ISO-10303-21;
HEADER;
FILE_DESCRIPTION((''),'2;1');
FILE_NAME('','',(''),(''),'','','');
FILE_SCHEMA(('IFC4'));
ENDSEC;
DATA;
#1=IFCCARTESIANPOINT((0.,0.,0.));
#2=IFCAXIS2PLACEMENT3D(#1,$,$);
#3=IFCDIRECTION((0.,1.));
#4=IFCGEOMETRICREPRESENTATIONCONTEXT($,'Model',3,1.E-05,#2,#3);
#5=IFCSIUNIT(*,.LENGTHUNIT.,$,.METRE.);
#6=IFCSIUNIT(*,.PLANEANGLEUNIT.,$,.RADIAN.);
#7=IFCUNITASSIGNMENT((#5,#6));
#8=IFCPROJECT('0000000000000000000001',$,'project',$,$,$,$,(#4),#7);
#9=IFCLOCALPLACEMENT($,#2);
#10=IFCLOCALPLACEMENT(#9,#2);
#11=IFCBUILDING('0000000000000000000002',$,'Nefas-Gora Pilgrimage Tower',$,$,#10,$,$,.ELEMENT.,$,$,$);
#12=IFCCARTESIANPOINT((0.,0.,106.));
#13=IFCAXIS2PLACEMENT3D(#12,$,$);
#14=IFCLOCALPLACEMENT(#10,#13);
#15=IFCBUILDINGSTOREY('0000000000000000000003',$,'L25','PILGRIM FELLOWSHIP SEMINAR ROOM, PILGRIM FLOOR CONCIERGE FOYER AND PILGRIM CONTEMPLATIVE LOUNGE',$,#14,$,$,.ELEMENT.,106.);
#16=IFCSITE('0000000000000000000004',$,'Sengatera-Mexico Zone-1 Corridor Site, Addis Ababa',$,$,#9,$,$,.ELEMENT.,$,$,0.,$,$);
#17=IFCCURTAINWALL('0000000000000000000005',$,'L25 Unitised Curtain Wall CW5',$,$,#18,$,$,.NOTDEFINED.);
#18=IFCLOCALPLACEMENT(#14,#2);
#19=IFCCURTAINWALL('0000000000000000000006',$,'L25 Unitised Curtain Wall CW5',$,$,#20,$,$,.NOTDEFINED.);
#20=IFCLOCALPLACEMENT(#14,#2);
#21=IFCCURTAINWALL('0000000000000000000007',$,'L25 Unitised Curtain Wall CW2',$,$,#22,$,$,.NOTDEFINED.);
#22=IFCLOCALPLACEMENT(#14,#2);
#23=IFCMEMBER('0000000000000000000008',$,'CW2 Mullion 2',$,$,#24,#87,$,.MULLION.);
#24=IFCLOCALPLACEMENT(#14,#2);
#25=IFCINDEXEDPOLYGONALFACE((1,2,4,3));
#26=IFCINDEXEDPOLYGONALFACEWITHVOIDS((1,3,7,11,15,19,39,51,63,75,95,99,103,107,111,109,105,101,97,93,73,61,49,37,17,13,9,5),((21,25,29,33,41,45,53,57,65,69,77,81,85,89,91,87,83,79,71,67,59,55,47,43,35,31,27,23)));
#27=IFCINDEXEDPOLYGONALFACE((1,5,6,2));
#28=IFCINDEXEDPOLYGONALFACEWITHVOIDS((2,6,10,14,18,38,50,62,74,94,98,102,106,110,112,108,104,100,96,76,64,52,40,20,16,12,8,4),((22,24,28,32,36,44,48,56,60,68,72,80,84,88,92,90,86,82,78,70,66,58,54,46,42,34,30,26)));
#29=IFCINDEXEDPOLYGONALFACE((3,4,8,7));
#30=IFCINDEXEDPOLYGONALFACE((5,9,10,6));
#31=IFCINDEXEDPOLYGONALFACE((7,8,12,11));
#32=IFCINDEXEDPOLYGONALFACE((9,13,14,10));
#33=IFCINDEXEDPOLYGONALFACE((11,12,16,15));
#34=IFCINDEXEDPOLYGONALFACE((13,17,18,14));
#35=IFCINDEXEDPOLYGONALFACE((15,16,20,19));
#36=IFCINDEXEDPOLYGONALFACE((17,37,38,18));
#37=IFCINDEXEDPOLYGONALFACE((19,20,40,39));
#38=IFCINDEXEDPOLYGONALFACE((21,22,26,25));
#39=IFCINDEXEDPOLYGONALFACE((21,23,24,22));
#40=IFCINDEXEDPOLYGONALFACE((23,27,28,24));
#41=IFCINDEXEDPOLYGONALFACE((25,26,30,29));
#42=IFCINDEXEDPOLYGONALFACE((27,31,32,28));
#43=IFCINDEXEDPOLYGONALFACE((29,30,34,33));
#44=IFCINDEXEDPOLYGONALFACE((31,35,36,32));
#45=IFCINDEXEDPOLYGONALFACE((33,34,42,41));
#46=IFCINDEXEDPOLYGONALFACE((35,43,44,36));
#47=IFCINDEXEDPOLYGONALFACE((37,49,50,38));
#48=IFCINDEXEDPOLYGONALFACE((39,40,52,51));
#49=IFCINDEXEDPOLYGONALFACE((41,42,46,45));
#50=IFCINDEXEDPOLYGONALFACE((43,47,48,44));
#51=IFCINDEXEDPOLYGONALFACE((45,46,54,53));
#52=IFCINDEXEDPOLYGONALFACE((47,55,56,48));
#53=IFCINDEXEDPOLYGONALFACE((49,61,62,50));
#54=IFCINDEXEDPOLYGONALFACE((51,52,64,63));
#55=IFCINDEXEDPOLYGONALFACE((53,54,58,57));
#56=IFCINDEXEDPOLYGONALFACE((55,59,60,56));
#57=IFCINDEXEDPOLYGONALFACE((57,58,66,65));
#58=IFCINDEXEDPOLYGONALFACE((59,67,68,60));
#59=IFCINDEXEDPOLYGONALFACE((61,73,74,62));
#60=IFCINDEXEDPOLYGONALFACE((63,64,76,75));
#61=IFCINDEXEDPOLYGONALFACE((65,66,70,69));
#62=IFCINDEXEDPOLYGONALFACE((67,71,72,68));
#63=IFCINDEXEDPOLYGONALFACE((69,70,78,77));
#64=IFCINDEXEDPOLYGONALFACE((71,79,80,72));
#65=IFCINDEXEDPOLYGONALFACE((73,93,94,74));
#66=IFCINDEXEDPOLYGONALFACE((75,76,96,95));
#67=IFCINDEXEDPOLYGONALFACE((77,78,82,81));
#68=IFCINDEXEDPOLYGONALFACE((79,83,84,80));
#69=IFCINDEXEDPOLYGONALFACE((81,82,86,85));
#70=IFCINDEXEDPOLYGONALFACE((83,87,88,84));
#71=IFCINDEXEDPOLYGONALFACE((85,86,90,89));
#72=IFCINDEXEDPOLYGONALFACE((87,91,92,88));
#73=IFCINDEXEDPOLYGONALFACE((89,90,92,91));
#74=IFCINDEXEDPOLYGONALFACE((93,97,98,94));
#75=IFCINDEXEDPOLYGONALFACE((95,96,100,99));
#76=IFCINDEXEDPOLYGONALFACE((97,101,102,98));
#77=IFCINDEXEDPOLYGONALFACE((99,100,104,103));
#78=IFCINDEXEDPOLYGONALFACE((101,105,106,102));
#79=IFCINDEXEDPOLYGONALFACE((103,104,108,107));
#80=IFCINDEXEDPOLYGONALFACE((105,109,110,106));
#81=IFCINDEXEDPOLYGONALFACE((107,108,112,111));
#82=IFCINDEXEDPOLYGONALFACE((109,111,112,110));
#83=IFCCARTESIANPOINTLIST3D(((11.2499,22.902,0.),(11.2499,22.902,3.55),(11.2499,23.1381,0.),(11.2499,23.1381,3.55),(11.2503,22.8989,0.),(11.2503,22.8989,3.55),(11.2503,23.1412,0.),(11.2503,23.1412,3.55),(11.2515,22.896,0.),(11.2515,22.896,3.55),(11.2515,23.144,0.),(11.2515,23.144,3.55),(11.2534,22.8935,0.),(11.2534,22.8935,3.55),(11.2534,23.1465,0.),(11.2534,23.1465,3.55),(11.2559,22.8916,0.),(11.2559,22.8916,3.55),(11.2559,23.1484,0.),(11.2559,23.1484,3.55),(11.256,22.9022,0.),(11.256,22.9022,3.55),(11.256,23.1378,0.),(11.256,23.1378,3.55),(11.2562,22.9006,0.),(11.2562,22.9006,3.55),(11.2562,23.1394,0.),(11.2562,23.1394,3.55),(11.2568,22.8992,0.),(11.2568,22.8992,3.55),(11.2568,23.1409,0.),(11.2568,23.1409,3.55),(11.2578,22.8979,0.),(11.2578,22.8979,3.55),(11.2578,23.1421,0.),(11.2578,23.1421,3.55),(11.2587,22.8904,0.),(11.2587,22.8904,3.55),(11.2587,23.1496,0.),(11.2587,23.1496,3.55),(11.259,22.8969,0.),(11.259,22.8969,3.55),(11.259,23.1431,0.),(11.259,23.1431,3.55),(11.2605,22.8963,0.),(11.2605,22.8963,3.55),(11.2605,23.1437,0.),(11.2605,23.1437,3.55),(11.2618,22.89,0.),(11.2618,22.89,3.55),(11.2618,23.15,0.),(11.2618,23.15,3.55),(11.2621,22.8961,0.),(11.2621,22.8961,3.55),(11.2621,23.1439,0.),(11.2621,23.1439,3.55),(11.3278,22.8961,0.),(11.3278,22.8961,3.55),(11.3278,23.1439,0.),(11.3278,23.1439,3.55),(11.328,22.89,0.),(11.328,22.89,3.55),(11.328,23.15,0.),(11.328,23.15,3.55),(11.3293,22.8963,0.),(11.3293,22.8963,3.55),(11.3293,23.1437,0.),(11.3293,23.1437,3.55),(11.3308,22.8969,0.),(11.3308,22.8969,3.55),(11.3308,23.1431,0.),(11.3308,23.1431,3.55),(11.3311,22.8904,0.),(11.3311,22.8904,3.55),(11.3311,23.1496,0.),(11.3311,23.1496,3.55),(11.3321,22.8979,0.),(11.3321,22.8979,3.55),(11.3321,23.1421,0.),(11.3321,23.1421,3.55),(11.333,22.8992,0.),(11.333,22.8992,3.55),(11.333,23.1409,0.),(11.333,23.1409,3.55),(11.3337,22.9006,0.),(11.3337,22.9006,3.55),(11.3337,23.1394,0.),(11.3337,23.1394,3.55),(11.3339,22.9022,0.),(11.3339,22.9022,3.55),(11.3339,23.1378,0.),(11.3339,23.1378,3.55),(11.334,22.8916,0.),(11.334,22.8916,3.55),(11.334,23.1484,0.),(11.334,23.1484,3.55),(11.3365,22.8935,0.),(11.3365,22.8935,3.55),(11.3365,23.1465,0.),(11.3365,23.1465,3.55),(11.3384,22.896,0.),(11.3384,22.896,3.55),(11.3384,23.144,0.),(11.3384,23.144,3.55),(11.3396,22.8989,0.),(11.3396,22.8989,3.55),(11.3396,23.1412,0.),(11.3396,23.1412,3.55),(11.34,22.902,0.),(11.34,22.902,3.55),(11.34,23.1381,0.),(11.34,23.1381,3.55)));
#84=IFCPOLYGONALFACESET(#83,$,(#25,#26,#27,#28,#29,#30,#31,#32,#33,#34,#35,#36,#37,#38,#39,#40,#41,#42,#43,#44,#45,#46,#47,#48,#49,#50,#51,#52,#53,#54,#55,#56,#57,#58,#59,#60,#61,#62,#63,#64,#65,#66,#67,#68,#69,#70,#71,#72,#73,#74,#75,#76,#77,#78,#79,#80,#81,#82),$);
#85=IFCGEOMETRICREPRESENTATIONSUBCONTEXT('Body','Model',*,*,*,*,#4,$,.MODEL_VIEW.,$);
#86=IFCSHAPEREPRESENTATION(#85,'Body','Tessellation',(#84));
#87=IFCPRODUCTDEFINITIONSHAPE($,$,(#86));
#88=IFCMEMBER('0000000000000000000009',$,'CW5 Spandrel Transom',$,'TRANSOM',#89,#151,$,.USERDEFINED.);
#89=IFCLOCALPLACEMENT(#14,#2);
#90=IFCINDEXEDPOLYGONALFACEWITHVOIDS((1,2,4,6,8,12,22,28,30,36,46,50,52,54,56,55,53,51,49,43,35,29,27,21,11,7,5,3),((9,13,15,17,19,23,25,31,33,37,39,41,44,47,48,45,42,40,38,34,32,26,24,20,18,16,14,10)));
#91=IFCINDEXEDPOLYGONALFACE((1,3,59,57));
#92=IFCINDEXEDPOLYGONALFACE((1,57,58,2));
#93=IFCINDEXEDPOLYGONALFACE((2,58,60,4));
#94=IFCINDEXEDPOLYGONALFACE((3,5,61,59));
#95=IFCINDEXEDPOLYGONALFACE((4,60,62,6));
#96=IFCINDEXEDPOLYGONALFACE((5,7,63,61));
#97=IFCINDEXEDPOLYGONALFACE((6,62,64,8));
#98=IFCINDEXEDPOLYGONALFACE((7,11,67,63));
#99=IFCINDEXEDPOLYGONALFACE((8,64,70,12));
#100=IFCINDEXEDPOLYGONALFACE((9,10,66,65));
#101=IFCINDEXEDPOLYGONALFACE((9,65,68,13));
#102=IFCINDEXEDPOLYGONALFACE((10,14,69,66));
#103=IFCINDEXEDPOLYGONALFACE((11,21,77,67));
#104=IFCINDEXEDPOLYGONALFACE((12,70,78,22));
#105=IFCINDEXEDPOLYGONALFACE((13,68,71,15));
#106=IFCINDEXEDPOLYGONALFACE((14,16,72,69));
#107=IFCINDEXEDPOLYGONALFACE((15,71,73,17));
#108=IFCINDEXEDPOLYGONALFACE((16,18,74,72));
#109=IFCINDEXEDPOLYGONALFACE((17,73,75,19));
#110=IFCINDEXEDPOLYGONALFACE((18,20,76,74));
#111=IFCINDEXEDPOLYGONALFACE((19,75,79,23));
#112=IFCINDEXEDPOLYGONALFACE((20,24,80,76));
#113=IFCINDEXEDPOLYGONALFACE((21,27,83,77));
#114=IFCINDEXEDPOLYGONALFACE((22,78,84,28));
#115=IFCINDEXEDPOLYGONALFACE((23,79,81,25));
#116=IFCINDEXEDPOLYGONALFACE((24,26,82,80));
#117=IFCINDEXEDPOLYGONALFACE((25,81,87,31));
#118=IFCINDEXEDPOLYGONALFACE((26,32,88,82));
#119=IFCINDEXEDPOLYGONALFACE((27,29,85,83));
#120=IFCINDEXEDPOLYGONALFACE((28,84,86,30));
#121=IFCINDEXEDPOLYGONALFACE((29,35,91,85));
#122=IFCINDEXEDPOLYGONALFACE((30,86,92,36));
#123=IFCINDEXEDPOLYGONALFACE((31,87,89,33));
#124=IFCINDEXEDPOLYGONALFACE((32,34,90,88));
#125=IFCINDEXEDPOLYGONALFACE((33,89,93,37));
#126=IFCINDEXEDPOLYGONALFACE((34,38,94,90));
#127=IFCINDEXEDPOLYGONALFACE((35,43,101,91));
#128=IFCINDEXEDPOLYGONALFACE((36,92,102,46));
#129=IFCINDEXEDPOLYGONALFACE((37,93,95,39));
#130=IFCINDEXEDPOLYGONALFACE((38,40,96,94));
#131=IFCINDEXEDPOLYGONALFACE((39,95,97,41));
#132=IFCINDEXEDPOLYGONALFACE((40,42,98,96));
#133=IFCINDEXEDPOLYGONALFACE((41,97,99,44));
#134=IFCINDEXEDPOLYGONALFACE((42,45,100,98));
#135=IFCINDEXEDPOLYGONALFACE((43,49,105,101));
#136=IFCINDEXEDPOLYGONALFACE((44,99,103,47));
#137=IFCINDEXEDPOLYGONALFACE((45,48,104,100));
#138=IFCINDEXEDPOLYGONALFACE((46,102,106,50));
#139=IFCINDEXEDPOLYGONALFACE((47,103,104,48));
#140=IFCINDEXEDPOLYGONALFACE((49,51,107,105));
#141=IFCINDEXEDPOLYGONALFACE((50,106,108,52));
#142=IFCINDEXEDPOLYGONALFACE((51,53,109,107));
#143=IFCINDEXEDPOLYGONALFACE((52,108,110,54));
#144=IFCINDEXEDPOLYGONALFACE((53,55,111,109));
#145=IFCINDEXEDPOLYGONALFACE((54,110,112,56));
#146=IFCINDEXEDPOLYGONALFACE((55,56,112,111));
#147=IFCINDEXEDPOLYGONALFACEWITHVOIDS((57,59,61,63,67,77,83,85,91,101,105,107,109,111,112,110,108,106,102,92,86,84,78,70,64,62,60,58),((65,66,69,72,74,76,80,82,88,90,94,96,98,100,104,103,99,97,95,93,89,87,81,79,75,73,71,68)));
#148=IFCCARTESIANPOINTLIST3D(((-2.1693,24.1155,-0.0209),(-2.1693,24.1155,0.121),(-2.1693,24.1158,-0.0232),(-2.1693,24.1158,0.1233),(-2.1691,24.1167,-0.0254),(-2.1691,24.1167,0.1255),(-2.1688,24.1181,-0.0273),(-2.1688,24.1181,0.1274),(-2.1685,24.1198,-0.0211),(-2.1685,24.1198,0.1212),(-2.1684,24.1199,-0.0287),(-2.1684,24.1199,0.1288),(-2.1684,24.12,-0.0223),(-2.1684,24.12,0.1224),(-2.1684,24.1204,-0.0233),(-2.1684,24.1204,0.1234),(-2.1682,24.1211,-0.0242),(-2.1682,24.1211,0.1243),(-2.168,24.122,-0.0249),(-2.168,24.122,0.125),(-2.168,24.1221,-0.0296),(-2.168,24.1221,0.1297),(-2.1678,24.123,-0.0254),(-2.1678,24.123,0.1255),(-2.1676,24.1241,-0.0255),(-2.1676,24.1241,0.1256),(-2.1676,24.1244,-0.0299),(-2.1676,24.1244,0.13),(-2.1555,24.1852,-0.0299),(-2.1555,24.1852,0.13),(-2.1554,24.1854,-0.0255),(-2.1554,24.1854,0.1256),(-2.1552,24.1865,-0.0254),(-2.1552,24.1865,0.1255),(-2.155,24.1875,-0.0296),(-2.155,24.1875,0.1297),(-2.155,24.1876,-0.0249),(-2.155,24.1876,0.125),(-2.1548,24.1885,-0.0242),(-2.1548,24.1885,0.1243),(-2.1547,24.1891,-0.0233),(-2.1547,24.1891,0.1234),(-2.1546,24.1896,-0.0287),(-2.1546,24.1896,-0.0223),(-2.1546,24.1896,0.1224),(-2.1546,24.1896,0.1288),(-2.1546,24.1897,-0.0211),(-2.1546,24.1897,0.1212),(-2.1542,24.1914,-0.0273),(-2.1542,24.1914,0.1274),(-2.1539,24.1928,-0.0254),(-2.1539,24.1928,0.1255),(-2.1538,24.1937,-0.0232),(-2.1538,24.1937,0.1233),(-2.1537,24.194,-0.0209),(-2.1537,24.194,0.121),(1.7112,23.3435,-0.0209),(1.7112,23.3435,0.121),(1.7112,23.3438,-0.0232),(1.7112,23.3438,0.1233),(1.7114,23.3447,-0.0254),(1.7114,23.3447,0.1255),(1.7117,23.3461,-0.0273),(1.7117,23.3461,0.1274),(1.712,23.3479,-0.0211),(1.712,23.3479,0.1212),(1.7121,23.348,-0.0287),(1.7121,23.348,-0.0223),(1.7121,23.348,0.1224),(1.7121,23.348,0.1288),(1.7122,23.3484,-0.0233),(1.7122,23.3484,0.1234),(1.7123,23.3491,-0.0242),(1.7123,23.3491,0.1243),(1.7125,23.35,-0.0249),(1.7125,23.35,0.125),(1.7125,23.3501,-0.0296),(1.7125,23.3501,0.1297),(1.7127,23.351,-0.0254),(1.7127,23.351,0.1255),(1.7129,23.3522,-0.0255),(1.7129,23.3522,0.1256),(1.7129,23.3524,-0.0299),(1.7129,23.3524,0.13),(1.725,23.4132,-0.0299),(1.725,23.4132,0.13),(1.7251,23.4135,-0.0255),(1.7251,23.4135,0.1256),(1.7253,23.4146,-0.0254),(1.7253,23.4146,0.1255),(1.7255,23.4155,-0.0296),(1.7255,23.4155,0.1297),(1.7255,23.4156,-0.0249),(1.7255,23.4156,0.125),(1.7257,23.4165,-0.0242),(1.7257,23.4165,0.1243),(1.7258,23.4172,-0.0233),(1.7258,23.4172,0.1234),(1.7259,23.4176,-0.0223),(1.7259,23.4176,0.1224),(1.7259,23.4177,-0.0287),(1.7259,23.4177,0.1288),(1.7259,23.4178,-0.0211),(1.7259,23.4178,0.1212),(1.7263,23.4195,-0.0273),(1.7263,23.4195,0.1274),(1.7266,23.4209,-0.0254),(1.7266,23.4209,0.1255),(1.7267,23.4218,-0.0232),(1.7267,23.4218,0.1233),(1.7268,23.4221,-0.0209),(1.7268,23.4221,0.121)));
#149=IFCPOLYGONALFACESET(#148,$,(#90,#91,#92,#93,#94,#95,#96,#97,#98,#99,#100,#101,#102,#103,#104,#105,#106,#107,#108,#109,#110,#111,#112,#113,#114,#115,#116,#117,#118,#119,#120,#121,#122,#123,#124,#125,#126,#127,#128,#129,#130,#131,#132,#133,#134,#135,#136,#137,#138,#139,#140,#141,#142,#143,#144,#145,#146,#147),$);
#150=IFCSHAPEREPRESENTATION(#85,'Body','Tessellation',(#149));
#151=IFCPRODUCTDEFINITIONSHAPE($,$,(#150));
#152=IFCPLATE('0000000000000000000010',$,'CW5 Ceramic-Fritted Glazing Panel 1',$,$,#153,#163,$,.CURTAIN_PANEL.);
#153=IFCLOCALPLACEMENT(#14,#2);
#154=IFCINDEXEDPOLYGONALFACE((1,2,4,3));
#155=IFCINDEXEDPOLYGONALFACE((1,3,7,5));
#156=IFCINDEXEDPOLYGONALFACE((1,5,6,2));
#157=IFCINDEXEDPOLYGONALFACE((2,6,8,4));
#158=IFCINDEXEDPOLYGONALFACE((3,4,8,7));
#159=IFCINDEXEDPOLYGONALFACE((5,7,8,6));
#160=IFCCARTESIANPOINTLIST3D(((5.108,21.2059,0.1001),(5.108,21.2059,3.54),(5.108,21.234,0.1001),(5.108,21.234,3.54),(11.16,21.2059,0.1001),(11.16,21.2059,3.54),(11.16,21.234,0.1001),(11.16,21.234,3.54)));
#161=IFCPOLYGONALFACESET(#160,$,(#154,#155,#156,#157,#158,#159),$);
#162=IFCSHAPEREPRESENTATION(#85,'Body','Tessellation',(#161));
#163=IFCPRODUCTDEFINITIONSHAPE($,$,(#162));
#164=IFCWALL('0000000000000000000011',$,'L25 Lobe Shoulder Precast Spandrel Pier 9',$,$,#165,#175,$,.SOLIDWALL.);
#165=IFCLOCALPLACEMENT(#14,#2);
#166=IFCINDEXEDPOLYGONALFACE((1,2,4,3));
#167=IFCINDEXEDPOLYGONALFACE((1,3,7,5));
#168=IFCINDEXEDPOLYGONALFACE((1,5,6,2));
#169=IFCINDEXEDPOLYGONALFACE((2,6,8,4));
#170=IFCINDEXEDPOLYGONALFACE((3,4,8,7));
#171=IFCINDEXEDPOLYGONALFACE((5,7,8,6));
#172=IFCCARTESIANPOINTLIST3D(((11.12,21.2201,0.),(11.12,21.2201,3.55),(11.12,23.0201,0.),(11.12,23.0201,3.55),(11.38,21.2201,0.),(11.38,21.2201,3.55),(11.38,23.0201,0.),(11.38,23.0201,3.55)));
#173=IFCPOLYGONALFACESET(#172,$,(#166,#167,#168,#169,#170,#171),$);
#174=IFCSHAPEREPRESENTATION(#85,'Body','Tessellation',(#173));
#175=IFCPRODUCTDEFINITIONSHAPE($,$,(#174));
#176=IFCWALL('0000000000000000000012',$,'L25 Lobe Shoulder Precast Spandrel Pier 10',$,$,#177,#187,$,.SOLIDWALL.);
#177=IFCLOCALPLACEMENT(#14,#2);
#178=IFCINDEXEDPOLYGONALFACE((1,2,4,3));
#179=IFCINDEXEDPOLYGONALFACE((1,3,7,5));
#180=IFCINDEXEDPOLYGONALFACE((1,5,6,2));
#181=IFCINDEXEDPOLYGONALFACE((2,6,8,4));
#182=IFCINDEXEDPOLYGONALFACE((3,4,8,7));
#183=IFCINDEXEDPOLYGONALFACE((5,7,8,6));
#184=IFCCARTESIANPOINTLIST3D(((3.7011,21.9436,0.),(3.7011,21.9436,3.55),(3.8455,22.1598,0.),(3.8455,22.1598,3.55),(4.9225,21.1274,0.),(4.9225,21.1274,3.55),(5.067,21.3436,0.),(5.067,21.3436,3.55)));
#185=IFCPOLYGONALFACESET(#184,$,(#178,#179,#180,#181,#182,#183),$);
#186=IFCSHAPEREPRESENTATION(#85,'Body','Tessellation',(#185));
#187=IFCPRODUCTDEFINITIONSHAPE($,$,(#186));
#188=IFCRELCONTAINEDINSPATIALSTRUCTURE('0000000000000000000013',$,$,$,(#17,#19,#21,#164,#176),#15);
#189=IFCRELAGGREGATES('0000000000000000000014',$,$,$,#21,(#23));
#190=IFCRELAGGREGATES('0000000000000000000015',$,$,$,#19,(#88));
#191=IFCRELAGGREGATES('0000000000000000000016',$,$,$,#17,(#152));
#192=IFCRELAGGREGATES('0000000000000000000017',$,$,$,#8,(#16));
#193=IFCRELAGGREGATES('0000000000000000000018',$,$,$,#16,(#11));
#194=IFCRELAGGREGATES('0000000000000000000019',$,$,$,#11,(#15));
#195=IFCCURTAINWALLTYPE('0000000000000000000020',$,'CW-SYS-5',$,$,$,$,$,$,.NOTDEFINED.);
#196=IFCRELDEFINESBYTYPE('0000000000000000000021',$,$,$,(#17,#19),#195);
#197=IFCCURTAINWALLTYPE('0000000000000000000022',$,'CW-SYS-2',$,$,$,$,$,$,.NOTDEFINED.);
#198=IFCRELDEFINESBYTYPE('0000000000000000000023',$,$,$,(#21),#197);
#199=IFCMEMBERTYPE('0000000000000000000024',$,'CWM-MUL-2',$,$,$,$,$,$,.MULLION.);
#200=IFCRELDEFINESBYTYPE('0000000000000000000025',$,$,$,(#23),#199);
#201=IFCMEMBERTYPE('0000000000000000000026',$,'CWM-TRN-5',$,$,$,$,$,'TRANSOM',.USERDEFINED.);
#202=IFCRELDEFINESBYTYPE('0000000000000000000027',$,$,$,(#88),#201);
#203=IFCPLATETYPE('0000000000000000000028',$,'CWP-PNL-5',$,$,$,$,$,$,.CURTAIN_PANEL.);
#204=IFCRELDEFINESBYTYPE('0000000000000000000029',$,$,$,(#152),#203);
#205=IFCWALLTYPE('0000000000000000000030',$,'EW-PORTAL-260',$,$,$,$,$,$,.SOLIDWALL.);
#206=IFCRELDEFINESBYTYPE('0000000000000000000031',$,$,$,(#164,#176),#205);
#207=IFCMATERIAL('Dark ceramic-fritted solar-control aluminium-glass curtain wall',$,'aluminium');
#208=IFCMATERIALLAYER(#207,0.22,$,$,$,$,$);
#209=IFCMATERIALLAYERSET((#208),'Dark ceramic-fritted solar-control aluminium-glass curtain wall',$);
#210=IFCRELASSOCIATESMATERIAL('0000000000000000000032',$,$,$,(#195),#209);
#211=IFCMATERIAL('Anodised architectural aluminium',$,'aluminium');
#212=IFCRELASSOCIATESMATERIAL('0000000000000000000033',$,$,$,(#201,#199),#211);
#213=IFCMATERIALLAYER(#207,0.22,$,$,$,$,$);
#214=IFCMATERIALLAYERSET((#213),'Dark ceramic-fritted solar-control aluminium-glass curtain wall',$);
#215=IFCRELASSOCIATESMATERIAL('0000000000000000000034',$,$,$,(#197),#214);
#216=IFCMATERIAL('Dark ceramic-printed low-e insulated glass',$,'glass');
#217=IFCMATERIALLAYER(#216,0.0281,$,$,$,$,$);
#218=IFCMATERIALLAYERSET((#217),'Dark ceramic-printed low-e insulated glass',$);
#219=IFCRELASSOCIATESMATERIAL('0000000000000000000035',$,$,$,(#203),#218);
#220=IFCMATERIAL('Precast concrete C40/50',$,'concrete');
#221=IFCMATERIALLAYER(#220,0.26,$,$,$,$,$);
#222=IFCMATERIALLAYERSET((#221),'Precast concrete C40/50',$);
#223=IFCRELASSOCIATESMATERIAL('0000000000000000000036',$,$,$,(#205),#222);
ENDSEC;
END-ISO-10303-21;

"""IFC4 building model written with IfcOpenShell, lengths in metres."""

from ifc_helpers import new_model, si_unit, direction, frame, frame_2d, origin, origin_2d, place, context, subcontext, project, spatial, rectangle, hollow_rectangle, extrude, source, transform, mapped, material, layer, layer_set, material_profile, profile_set, type_object, element, aggregate, save


model = new_model("IFC4")

# Units and contexts
model_context = context("Model", 3, precision=1e-05, world=origin(), true_north=direction((0.0, 1.0)))
body_context = subcontext(model_context, "Body", "Model", "MODEL_VIEW")
ifc_project = project(units=[si_unit("LENGTHUNIT", "METRE"), si_unit("PLANEANGLEUNIT", "RADIAN")], contexts=[model_context])

# Site, building, storey
site_placement = place(None, origin())
site = spatial("IfcSite", under=ifc_project, at=site_placement, Name="Sengatera-Mexico Zone-1 Corridor Site, Addis Ababa", CompositionType="ELEMENT", RefElevation=0.0)
building_placement = place(site_placement, origin())
building = spatial("IfcBuilding", under=site, at=building_placement, Name="Nefas-Gora Pilgrimage Tower", CompositionType="ELEMENT")
storey_placement = place(building_placement, frame((0.0, 0.0, 106.0)))
storey = spatial("IfcBuildingStorey", under=building, at=storey_placement, Name="L25", Description="PILGRIM FELLOWSHIP SEMINAR ROOM, PILGRIM FLOOR CONCIERGE FOYER AND PILGRIM CONTEMPLATIVE LOUNGE", CompositionType="ELEMENT", Elevation=106.0)

# Curtain wall
ifc_material_1 = material(Name="Dark ceramic-fritted solar-control aluminium-glass curtain wall", Category="aluminium")
ifc_layer_1 = layer(ifc_material_1, 0.22)
ifc_layer_set_1 = layer_set([ifc_layer_1], Name="Dark ceramic-fritted solar-control aluminium-glass curtain wall")
curtain_wall_type_1 = type_object("IfcCurtainWallType", Name="CW-SYS-5", PredefinedType="NOTDEFINED", material=ifc_layer_set_1)
curtain_wall_1_placement = place(storey_placement, origin())
curtain_wall_1 = element("IfcCurtainWall", 1, at=curtain_wall_1_placement, inside=storey, type_object=curtain_wall_type_1, Name="L25 Unitised Curtain Wall CW5", PredefinedType="NOTDEFINED")
ifc_material_2 = material(Name="Anodised architectural aluminium", Category="aluminium")

# Curtain wall
curtain_wall_2_placement = place(storey_placement, origin())
curtain_wall_2 = element("IfcCurtainWall", 2, at=curtain_wall_2_placement, inside=storey, type_object=curtain_wall_type_1, Name="L25 Unitised Curtain Wall CW5", PredefinedType="NOTDEFINED")

# Shared definitions
ifc_material_profile_1 = material_profile(ifc_material_2, hollow_rectangle(XDim=0.0801, YDim=0.1599, WallThickness=0.0044, InnerFilletRadius=0.0044, OuterFilletRadius=0.009, at=origin_2d()), Name="ALU TRANSOM 80x160")
ifc_profile_set_1 = profile_set([ifc_material_profile_1], Name="Anodised architectural aluminium")
member_type_1 = type_object("IfcMemberType", Name="CWM-TRN-5", ElementType="TRANSOM", PredefinedType="USERDEFINED", material=ifc_profile_set_1)

# Curtain wall, member
ifc_layer_2 = layer(ifc_material_1, 0.22)
ifc_layer_set_2 = layer_set([ifc_layer_2], Name="Dark ceramic-fritted solar-control aluminium-glass curtain wall")
curtain_wall_type_2 = type_object("IfcCurtainWallType", Name="CW-SYS-2", PredefinedType="NOTDEFINED", material=ifc_layer_set_2)
curtain_wall_3_placement = place(storey_placement, origin())
curtain_wall_3 = element("IfcCurtainWall", 3, at=curtain_wall_3_placement, inside=storey, type_object=curtain_wall_type_2, Name="L25 Unitised Curtain Wall CW2", PredefinedType="NOTDEFINED")
ifc_material_profile_2 = material_profile(ifc_material_2, hollow_rectangle(XDim=0.0901, YDim=0.26, WallThickness=0.0061, InnerFilletRadius=0.0061, OuterFilletRadius=0.012, at=origin_2d()), Name="ALU MULLION 90x260")
ifc_profile_set_2 = profile_set([ifc_material_profile_2], Name="Anodised architectural aluminium")
member_type_2 = type_object("IfcMemberType", Name="CWM-MUL-2", PredefinedType="MULLION", material=ifc_profile_set_2)
shared_shape_1 = source(origin(), body_context, "Body", "SweptSolid", [
    extrude(hollow_rectangle(XDim=0.0901, YDim=0.26, WallThickness=0.0061, InnerFilletRadius=0.0061, OuterFilletRadius=0.012, at=origin_2d()), origin(), (0.0, 0.0, 1.0), 3.55),
])
member_1_placement = place(storey_placement, frame((11.2949, 23.02, 0.0), z_axis=(0.0, 0.0, 1.0), x_axis=(-1.0, 0.0, 0.0)))
member_1 = element("IfcMember", 4, at=member_1_placement, type_object=member_type_2, Name="CW2 Mullion 2", PredefinedType="MULLION", context=body_context, shape_type="MappedRepresentation", body=[
    mapped(shared_shape_1, transform((0.0, 0.0, 0.0), x_axis=(1.0, 0.0, 0.0), y_axis=(0.0, 1.0, 0.0), z_axis=(0.0, 0.0, 1.0), scale=1.0)),
])
aggregate(curtain_wall_3, [member_1])

# Member
shared_shape_2 = source(origin(), body_context, "Body", "SweptSolid", [
    extrude(hollow_rectangle(XDim=0.0801, YDim=0.1599, WallThickness=0.0044, InnerFilletRadius=0.0044, OuterFilletRadius=0.009, at=origin_2d()), origin(), (0.0, 0.0, 1.0), 3.9565),
])
member_2_placement = place(storey_placement, frame((1.719, 23.3828, 0.05), z_axis=(-0.980782, 0.195107, 0.0), x_axis=(-0.195107, -0.980782, 0.0)))
member_2 = element("IfcMember", 5, at=member_2_placement, type_object=member_type_1, Name="CW5 Spandrel Transom", ObjectType="TRANSOM", PredefinedType="USERDEFINED", context=body_context, shape_type="MappedRepresentation", body=[
    mapped(shared_shape_2, transform((0.0, 0.0, 0.0), x_axis=(1.0, 0.0, 0.0), y_axis=(0.0, 1.0, 0.0), z_axis=(0.0, 0.0, 1.0), scale=1.0)),
])
aggregate(curtain_wall_2, [member_2])

# Plate
ifc_material_3 = material(Name="Dark ceramic-printed low-e insulated glass", Category="glass")
ifc_layer_3 = layer(ifc_material_3, 0.0281)
ifc_layer_set_3 = layer_set([ifc_layer_3], Name="Dark ceramic-printed low-e insulated glass")
plate_type = type_object("IfcPlateType", Name="CWP-PNL-5", PredefinedType="CURTAIN_PANEL", material=ifc_layer_set_3)
shared_shape_3 = source(origin(), body_context, "Body", "SweptSolid", [
    extrude(rectangle(XDim=6.052, YDim=0.0281, at=origin_2d()), origin(), (0.0, 0.0, 1.0), 3.4399),
])
plate_placement = place(storey_placement, frame((8.134, 21.22, 0.1001), z_axis=(0.0, 0.0, 1.0), x_axis=(-1.0, 0.0, 0.0)))
plate = element("IfcPlate", 6, at=plate_placement, type_object=plate_type, Name="CW5 Ceramic-Fritted Glazing Panel 1", PredefinedType="CURTAIN_PANEL", context=body_context, shape_type="MappedRepresentation", body=[
    mapped(shared_shape_3, transform((0.0, 0.0, 0.0), x_axis=(1.0, 0.0, 0.0), y_axis=(0.0, 1.0, 0.0), z_axis=(0.0, 0.0, 1.0), scale=1.0)),
])
aggregate(curtain_wall_1, [plate])

# Walls
ifc_material_4 = material(Name="Precast concrete C40/50", Category="concrete")
ifc_layer_4 = layer(ifc_material_4, 0.26)
ifc_layer_set_4 = layer_set([ifc_layer_4], Name="Precast concrete C40/50")
wall_type_1 = type_object("IfcWallType", Name="EW-PORTAL-260", PredefinedType="SOLIDWALL", material=ifc_layer_set_4)
shared_shape_4 = source(origin(), body_context, "Body", "SweptSolid", [
    extrude(rectangle(XDim=1.8, YDim=0.26, at=frame_2d((0.8999, 0.0))), origin(), (0.0, 0.0, 1.0), 3.55),
])
wall_1_placement = place(storey_placement, frame((11.25, 23.02, 0.0), z_axis=(0.0, 0.0, 1.0), x_axis=(0.0, -1.0, 0.0)))
element("IfcWall", 7, at=wall_1_placement, inside=storey, type_object=wall_type_1, Name="L25 Lobe Shoulder Precast Spandrel Pier 9", PredefinedType="SOLIDWALL", context=body_context, shape_type="MappedRepresentation", body=[
    mapped(shared_shape_4, transform((0.0, 0.0, 0.0), x_axis=(1.0, 0.0, 0.0), y_axis=(0.0, 1.0, 0.0), z_axis=(0.0, 0.0, 1.0), scale=1.0)),
])
shared_shape_5 = source(origin(), body_context, "Body", "SweptSolid", [
    extrude(rectangle(XDim=1.469, YDim=0.26, at=frame_2d((0.7344, 0.0))), origin(), (0.0, 0.0, 1.0), 3.55),
])
wall_2_placement = place(storey_placement, frame((4.9946, 21.2356, 0.0), z_axis=(0.0, 0.0, 1.0), x_axis=(-0.831462, 0.555582, 0.0)))
element("IfcWall", 8, at=wall_2_placement, inside=storey, type_object=wall_type_1, Name="L25 Lobe Shoulder Precast Spandrel Pier 10", PredefinedType="SOLIDWALL", context=body_context, shape_type="MappedRepresentation", body=[
    mapped(shared_shape_5, transform((0.0, 0.0, 0.0), x_axis=(1.0, 0.0, 0.0), y_axis=(0.0, 1.0, 0.0), z_axis=(0.0, 0.0, 1.0), scale=1.0)),
])

save(model, "model.ifc")
